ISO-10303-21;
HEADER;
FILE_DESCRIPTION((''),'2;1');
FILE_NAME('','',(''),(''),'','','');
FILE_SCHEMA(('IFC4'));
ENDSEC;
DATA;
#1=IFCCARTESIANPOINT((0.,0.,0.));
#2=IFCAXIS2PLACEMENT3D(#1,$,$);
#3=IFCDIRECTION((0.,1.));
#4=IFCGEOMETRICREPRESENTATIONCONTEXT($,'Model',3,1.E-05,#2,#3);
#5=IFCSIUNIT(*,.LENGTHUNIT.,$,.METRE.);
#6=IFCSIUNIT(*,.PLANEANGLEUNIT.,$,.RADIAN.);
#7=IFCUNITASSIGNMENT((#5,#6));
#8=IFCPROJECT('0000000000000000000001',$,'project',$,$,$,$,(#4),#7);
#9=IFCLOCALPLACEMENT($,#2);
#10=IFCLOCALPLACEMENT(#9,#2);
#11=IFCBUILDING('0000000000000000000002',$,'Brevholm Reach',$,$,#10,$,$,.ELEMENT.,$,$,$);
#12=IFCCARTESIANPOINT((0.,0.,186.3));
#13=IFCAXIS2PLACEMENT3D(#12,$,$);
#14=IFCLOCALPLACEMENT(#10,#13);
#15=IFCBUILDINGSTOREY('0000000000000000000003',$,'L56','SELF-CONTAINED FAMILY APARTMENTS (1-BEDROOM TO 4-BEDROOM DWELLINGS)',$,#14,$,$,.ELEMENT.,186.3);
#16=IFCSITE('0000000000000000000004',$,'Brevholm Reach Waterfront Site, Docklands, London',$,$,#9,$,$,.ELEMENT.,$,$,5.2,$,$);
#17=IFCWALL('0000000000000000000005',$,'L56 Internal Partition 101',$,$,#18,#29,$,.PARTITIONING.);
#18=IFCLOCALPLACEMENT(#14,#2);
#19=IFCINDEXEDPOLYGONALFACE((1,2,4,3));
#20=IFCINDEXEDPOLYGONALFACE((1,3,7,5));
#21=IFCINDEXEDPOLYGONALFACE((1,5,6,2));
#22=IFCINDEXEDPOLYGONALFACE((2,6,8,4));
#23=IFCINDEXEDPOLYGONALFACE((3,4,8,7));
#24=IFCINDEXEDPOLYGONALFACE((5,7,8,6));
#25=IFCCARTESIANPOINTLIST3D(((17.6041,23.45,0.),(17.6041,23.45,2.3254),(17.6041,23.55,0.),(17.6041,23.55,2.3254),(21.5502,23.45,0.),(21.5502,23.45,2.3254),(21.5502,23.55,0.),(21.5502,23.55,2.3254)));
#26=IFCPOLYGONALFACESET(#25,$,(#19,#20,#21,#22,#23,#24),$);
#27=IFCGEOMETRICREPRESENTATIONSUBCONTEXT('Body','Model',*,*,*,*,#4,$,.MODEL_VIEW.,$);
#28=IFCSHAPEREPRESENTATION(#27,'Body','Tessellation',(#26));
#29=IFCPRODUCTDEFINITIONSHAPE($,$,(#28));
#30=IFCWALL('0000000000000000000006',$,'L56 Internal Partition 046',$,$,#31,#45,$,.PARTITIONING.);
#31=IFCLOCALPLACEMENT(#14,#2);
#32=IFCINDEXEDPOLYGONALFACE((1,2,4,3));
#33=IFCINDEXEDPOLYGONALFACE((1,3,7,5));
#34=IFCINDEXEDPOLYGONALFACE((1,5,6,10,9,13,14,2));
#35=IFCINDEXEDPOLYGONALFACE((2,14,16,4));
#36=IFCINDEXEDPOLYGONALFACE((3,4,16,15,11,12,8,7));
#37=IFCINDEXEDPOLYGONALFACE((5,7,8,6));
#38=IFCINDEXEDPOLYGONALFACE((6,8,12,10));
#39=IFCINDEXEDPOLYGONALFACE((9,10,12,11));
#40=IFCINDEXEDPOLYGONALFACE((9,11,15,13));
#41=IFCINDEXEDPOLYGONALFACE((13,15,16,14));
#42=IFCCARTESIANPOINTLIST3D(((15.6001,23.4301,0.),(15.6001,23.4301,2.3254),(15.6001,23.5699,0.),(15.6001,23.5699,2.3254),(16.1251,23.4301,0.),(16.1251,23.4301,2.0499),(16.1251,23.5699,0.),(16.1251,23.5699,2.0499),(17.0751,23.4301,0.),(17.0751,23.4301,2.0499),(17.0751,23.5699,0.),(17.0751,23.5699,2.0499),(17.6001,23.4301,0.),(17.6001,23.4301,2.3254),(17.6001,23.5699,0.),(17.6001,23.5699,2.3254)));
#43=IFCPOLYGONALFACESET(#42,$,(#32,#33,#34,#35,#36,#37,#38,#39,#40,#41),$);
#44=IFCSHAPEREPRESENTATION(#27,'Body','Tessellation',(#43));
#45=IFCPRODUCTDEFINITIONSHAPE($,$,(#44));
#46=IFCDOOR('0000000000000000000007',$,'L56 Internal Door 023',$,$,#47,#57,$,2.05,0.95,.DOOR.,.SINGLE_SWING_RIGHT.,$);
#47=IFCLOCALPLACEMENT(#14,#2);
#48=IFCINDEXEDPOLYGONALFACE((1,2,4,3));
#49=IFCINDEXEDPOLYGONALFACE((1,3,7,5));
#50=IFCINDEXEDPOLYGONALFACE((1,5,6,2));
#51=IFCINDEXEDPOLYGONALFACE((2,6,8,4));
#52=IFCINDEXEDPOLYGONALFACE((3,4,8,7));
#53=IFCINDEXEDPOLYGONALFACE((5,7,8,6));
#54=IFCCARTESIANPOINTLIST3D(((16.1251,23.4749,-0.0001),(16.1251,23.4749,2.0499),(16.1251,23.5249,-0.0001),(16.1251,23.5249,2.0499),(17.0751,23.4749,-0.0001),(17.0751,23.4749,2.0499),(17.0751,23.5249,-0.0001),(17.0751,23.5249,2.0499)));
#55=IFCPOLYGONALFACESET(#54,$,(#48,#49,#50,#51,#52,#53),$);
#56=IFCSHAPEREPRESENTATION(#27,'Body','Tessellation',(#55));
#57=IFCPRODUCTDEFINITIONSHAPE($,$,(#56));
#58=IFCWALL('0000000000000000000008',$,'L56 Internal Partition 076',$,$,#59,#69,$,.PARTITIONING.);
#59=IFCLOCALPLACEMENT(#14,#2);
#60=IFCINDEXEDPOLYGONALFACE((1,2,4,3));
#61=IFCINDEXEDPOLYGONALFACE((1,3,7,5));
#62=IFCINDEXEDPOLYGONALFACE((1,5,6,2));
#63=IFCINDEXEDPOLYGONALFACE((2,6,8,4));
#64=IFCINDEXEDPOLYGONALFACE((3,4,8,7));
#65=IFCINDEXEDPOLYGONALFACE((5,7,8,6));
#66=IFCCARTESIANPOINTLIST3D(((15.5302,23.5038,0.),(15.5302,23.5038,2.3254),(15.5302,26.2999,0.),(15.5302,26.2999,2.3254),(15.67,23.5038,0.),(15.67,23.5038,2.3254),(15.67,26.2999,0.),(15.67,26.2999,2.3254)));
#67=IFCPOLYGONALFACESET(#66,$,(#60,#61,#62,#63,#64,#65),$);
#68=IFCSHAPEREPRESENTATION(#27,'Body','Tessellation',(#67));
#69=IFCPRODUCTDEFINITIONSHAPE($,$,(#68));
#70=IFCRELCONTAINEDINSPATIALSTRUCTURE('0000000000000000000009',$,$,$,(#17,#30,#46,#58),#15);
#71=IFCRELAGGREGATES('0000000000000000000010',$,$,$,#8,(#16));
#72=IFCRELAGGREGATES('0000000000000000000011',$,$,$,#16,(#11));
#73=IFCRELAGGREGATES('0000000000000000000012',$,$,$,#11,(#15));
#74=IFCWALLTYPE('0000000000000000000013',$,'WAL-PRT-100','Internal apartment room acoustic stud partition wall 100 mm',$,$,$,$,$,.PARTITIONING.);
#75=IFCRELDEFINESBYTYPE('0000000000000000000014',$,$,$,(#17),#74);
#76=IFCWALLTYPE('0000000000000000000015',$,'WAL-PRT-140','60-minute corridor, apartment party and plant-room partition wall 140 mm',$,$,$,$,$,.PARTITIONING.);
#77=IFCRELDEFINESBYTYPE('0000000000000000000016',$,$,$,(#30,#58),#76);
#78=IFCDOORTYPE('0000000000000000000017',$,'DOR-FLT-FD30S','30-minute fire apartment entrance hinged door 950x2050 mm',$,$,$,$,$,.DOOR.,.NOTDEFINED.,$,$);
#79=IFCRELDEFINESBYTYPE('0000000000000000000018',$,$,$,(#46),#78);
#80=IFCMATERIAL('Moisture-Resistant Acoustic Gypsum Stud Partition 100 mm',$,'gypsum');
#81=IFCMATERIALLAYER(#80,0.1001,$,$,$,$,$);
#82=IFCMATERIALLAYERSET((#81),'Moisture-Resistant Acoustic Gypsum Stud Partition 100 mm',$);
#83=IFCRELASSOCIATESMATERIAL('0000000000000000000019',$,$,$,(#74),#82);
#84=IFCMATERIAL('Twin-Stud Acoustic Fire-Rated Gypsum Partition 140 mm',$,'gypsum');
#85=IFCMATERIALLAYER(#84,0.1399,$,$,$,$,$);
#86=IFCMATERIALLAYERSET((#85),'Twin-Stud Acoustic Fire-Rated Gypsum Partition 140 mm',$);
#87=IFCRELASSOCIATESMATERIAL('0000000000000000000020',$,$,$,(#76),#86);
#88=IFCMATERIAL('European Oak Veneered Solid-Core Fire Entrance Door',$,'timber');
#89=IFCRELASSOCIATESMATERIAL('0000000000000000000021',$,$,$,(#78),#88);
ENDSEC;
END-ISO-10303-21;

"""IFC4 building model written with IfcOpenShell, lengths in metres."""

from ifc_helpers import new_model, si_unit, direction, frame, frame_2d, origin, place, context, subcontext, project, spatial, rectangle, extrude, material, layer, layer_set, type_object, element, fill, save


model = new_model("IFC4")

# Units and contexts
model_context = context("Model", 3, precision=1e-05, world=origin(), true_north=direction((0.0, 1.0)))
body_context = subcontext(model_context, "Body", "Model", "MODEL_VIEW")
ifc_project = project(units=[si_unit("LENGTHUNIT", "METRE"), si_unit("PLANEANGLEUNIT", "RADIAN")], contexts=[model_context])

# Site, building, storey
site_placement = place(None, origin())
site = spatial("IfcSite", under=ifc_project, at=site_placement, Name="Brevholm Reach Waterfront Site, Docklands, London", CompositionType="ELEMENT", RefElevation=5.2)
building_placement = place(site_placement, origin())
building = spatial("IfcBuilding", under=site, at=building_placement, Name="Brevholm Reach", CompositionType="ELEMENT")
storey_placement = place(building_placement, frame((0.0, 0.0, 186.3)))
storey = spatial("IfcBuildingStorey", under=building, at=storey_placement, Name="L56", Description="SELF-CONTAINED FAMILY APARTMENTS (1-BEDROOM TO 4-BEDROOM DWELLINGS)", CompositionType="ELEMENT", Elevation=186.3)

# Wall
ifc_material_1 = material(Name="Moisture-Resistant Acoustic Gypsum Stud Partition 100 mm", Category="gypsum")
ifc_layer_1 = layer(ifc_material_1, 0.1001)
ifc_layer_set_1 = layer_set([ifc_layer_1], Name="Moisture-Resistant Acoustic Gypsum Stud Partition 100 mm")
wall_type_1 = type_object("IfcWallType", Name="WAL-PRT-100", Description="Internal apartment room acoustic stud partition wall 100 mm", PredefinedType="PARTITIONING", material=ifc_layer_set_1)
wall_1_placement = place(storey_placement, frame((17.604, 23.5, 0.0), z_axis=(0.0, 0.0, 1.0), x_axis=(1.0, 0.0, 0.0)))
element("IfcWall", 1, at=wall_1_placement, inside=storey, type_object=wall_type_1, Name="L56 Internal Partition 101", PredefinedType="PARTITIONING", context=body_context, shape_type="SweptSolid", body=[
    extrude(rectangle(XDim=3.946, YDim=0.1001, at=frame_2d((1.9731, 0.0))), origin(), (0.0, 0.0, 1.0), 2.3254),
])

# Wall, opening, door
ifc_material_2 = material(Name="Twin-Stud Acoustic Fire-Rated Gypsum Partition 140 mm", Category="gypsum")
ifc_layer_2 = layer(ifc_material_2, 0.1399)
ifc_layer_set_2 = layer_set([ifc_layer_2], Name="Twin-Stud Acoustic Fire-Rated Gypsum Partition 140 mm")
wall_type_2 = type_object("IfcWallType", Name="WAL-PRT-140", Description="60-minute corridor, apartment party and plant-room partition wall 140 mm", PredefinedType="PARTITIONING", material=ifc_layer_set_2)
wall_2_placement = place(storey_placement, frame((15.6001, 23.5, 0.0), z_axis=(0.0, 0.0, 1.0), x_axis=(1.0, 0.0, 0.0)))
wall_2 = element("IfcWall", 2, at=wall_2_placement, inside=storey, type_object=wall_type_2, Name="L56 Internal Partition 046", PredefinedType="PARTITIONING", context=body_context, shape_type="SweptSolid", body=[
    extrude(rectangle(XDim=2.0, YDim=0.1399, at=frame_2d((1.0, 0.0))), origin(), (0.0, 0.0, 1.0), 2.3254),
])
opening_1_placement = place(wall_2_placement, frame((0.5249, 0.0, 0.0)))
opening_1 = element("IfcOpeningElement", 3, at=opening_1_placement, cuts=wall_2, PredefinedType="OPENING", context=body_context, shape_type="SweptSolid", body=[
    extrude(rectangle(XDim=0.95, YDim=2.05, at=frame_2d((0.4751, 1.0249))), frame((0.0, 0.0798, 0.0), z_axis=(0.0, -1.0, 0.0), x_axis=(1.0, 0.0, 0.0)), (0.0, 0.0, 1.0), 0.1599),
])
ifc_material_3 = material(Name="European Oak Veneered Solid-Core Fire Entrance Door", Category="timber")
door_type_1 = type_object("IfcDoorType", Name="DOR-FLT-FD30S", Description="30-minute fire apartment entrance hinged door 950x2050 mm", OperationType="NOTDEFINED", PredefinedType="DOOR", material=ifc_material_3)
door_1_placement = place(opening_1_placement, origin())
door_1 = element("IfcDoor", 4, at=door_1_placement, inside=storey, type_object=door_type_1, Name="L56 Internal Door 023", OperationType="SINGLE_SWING_RIGHT", OverallHeight=2.05, OverallWidth=0.95, PredefinedType="DOOR", context=body_context, shape_type="SweptSolid", body=[
    extrude(rectangle(XDim=0.95, YDim=2.05, at=frame_2d((0.4751, 1.0249))), frame((0.0, 0.0249, 0.0), z_axis=(0.0, -1.0, 0.0), x_axis=(1.0, 0.0, 0.0)), (0.0, 0.0, 1.0), 0.05),
])
fill(opening_1, door_1)

# Wall
wall_3_placement = place(storey_placement, frame((15.6001, 23.5039, 0.0), z_axis=(0.0, 0.0, 1.0), x_axis=(0.0, 1.0, 0.0)))
element("IfcWall", 5, at=wall_3_placement, inside=storey, type_object=wall_type_2, Name="L56 Internal Partition 076", PredefinedType="PARTITIONING", context=body_context, shape_type="SweptSolid", body=[
    extrude(rectangle(XDim=2.7961, YDim=0.1399, at=frame_2d((1.3979, 0.0))), origin(), (0.0, 0.0, 1.0), 2.3254),
])

save(model, "model.ifc")
